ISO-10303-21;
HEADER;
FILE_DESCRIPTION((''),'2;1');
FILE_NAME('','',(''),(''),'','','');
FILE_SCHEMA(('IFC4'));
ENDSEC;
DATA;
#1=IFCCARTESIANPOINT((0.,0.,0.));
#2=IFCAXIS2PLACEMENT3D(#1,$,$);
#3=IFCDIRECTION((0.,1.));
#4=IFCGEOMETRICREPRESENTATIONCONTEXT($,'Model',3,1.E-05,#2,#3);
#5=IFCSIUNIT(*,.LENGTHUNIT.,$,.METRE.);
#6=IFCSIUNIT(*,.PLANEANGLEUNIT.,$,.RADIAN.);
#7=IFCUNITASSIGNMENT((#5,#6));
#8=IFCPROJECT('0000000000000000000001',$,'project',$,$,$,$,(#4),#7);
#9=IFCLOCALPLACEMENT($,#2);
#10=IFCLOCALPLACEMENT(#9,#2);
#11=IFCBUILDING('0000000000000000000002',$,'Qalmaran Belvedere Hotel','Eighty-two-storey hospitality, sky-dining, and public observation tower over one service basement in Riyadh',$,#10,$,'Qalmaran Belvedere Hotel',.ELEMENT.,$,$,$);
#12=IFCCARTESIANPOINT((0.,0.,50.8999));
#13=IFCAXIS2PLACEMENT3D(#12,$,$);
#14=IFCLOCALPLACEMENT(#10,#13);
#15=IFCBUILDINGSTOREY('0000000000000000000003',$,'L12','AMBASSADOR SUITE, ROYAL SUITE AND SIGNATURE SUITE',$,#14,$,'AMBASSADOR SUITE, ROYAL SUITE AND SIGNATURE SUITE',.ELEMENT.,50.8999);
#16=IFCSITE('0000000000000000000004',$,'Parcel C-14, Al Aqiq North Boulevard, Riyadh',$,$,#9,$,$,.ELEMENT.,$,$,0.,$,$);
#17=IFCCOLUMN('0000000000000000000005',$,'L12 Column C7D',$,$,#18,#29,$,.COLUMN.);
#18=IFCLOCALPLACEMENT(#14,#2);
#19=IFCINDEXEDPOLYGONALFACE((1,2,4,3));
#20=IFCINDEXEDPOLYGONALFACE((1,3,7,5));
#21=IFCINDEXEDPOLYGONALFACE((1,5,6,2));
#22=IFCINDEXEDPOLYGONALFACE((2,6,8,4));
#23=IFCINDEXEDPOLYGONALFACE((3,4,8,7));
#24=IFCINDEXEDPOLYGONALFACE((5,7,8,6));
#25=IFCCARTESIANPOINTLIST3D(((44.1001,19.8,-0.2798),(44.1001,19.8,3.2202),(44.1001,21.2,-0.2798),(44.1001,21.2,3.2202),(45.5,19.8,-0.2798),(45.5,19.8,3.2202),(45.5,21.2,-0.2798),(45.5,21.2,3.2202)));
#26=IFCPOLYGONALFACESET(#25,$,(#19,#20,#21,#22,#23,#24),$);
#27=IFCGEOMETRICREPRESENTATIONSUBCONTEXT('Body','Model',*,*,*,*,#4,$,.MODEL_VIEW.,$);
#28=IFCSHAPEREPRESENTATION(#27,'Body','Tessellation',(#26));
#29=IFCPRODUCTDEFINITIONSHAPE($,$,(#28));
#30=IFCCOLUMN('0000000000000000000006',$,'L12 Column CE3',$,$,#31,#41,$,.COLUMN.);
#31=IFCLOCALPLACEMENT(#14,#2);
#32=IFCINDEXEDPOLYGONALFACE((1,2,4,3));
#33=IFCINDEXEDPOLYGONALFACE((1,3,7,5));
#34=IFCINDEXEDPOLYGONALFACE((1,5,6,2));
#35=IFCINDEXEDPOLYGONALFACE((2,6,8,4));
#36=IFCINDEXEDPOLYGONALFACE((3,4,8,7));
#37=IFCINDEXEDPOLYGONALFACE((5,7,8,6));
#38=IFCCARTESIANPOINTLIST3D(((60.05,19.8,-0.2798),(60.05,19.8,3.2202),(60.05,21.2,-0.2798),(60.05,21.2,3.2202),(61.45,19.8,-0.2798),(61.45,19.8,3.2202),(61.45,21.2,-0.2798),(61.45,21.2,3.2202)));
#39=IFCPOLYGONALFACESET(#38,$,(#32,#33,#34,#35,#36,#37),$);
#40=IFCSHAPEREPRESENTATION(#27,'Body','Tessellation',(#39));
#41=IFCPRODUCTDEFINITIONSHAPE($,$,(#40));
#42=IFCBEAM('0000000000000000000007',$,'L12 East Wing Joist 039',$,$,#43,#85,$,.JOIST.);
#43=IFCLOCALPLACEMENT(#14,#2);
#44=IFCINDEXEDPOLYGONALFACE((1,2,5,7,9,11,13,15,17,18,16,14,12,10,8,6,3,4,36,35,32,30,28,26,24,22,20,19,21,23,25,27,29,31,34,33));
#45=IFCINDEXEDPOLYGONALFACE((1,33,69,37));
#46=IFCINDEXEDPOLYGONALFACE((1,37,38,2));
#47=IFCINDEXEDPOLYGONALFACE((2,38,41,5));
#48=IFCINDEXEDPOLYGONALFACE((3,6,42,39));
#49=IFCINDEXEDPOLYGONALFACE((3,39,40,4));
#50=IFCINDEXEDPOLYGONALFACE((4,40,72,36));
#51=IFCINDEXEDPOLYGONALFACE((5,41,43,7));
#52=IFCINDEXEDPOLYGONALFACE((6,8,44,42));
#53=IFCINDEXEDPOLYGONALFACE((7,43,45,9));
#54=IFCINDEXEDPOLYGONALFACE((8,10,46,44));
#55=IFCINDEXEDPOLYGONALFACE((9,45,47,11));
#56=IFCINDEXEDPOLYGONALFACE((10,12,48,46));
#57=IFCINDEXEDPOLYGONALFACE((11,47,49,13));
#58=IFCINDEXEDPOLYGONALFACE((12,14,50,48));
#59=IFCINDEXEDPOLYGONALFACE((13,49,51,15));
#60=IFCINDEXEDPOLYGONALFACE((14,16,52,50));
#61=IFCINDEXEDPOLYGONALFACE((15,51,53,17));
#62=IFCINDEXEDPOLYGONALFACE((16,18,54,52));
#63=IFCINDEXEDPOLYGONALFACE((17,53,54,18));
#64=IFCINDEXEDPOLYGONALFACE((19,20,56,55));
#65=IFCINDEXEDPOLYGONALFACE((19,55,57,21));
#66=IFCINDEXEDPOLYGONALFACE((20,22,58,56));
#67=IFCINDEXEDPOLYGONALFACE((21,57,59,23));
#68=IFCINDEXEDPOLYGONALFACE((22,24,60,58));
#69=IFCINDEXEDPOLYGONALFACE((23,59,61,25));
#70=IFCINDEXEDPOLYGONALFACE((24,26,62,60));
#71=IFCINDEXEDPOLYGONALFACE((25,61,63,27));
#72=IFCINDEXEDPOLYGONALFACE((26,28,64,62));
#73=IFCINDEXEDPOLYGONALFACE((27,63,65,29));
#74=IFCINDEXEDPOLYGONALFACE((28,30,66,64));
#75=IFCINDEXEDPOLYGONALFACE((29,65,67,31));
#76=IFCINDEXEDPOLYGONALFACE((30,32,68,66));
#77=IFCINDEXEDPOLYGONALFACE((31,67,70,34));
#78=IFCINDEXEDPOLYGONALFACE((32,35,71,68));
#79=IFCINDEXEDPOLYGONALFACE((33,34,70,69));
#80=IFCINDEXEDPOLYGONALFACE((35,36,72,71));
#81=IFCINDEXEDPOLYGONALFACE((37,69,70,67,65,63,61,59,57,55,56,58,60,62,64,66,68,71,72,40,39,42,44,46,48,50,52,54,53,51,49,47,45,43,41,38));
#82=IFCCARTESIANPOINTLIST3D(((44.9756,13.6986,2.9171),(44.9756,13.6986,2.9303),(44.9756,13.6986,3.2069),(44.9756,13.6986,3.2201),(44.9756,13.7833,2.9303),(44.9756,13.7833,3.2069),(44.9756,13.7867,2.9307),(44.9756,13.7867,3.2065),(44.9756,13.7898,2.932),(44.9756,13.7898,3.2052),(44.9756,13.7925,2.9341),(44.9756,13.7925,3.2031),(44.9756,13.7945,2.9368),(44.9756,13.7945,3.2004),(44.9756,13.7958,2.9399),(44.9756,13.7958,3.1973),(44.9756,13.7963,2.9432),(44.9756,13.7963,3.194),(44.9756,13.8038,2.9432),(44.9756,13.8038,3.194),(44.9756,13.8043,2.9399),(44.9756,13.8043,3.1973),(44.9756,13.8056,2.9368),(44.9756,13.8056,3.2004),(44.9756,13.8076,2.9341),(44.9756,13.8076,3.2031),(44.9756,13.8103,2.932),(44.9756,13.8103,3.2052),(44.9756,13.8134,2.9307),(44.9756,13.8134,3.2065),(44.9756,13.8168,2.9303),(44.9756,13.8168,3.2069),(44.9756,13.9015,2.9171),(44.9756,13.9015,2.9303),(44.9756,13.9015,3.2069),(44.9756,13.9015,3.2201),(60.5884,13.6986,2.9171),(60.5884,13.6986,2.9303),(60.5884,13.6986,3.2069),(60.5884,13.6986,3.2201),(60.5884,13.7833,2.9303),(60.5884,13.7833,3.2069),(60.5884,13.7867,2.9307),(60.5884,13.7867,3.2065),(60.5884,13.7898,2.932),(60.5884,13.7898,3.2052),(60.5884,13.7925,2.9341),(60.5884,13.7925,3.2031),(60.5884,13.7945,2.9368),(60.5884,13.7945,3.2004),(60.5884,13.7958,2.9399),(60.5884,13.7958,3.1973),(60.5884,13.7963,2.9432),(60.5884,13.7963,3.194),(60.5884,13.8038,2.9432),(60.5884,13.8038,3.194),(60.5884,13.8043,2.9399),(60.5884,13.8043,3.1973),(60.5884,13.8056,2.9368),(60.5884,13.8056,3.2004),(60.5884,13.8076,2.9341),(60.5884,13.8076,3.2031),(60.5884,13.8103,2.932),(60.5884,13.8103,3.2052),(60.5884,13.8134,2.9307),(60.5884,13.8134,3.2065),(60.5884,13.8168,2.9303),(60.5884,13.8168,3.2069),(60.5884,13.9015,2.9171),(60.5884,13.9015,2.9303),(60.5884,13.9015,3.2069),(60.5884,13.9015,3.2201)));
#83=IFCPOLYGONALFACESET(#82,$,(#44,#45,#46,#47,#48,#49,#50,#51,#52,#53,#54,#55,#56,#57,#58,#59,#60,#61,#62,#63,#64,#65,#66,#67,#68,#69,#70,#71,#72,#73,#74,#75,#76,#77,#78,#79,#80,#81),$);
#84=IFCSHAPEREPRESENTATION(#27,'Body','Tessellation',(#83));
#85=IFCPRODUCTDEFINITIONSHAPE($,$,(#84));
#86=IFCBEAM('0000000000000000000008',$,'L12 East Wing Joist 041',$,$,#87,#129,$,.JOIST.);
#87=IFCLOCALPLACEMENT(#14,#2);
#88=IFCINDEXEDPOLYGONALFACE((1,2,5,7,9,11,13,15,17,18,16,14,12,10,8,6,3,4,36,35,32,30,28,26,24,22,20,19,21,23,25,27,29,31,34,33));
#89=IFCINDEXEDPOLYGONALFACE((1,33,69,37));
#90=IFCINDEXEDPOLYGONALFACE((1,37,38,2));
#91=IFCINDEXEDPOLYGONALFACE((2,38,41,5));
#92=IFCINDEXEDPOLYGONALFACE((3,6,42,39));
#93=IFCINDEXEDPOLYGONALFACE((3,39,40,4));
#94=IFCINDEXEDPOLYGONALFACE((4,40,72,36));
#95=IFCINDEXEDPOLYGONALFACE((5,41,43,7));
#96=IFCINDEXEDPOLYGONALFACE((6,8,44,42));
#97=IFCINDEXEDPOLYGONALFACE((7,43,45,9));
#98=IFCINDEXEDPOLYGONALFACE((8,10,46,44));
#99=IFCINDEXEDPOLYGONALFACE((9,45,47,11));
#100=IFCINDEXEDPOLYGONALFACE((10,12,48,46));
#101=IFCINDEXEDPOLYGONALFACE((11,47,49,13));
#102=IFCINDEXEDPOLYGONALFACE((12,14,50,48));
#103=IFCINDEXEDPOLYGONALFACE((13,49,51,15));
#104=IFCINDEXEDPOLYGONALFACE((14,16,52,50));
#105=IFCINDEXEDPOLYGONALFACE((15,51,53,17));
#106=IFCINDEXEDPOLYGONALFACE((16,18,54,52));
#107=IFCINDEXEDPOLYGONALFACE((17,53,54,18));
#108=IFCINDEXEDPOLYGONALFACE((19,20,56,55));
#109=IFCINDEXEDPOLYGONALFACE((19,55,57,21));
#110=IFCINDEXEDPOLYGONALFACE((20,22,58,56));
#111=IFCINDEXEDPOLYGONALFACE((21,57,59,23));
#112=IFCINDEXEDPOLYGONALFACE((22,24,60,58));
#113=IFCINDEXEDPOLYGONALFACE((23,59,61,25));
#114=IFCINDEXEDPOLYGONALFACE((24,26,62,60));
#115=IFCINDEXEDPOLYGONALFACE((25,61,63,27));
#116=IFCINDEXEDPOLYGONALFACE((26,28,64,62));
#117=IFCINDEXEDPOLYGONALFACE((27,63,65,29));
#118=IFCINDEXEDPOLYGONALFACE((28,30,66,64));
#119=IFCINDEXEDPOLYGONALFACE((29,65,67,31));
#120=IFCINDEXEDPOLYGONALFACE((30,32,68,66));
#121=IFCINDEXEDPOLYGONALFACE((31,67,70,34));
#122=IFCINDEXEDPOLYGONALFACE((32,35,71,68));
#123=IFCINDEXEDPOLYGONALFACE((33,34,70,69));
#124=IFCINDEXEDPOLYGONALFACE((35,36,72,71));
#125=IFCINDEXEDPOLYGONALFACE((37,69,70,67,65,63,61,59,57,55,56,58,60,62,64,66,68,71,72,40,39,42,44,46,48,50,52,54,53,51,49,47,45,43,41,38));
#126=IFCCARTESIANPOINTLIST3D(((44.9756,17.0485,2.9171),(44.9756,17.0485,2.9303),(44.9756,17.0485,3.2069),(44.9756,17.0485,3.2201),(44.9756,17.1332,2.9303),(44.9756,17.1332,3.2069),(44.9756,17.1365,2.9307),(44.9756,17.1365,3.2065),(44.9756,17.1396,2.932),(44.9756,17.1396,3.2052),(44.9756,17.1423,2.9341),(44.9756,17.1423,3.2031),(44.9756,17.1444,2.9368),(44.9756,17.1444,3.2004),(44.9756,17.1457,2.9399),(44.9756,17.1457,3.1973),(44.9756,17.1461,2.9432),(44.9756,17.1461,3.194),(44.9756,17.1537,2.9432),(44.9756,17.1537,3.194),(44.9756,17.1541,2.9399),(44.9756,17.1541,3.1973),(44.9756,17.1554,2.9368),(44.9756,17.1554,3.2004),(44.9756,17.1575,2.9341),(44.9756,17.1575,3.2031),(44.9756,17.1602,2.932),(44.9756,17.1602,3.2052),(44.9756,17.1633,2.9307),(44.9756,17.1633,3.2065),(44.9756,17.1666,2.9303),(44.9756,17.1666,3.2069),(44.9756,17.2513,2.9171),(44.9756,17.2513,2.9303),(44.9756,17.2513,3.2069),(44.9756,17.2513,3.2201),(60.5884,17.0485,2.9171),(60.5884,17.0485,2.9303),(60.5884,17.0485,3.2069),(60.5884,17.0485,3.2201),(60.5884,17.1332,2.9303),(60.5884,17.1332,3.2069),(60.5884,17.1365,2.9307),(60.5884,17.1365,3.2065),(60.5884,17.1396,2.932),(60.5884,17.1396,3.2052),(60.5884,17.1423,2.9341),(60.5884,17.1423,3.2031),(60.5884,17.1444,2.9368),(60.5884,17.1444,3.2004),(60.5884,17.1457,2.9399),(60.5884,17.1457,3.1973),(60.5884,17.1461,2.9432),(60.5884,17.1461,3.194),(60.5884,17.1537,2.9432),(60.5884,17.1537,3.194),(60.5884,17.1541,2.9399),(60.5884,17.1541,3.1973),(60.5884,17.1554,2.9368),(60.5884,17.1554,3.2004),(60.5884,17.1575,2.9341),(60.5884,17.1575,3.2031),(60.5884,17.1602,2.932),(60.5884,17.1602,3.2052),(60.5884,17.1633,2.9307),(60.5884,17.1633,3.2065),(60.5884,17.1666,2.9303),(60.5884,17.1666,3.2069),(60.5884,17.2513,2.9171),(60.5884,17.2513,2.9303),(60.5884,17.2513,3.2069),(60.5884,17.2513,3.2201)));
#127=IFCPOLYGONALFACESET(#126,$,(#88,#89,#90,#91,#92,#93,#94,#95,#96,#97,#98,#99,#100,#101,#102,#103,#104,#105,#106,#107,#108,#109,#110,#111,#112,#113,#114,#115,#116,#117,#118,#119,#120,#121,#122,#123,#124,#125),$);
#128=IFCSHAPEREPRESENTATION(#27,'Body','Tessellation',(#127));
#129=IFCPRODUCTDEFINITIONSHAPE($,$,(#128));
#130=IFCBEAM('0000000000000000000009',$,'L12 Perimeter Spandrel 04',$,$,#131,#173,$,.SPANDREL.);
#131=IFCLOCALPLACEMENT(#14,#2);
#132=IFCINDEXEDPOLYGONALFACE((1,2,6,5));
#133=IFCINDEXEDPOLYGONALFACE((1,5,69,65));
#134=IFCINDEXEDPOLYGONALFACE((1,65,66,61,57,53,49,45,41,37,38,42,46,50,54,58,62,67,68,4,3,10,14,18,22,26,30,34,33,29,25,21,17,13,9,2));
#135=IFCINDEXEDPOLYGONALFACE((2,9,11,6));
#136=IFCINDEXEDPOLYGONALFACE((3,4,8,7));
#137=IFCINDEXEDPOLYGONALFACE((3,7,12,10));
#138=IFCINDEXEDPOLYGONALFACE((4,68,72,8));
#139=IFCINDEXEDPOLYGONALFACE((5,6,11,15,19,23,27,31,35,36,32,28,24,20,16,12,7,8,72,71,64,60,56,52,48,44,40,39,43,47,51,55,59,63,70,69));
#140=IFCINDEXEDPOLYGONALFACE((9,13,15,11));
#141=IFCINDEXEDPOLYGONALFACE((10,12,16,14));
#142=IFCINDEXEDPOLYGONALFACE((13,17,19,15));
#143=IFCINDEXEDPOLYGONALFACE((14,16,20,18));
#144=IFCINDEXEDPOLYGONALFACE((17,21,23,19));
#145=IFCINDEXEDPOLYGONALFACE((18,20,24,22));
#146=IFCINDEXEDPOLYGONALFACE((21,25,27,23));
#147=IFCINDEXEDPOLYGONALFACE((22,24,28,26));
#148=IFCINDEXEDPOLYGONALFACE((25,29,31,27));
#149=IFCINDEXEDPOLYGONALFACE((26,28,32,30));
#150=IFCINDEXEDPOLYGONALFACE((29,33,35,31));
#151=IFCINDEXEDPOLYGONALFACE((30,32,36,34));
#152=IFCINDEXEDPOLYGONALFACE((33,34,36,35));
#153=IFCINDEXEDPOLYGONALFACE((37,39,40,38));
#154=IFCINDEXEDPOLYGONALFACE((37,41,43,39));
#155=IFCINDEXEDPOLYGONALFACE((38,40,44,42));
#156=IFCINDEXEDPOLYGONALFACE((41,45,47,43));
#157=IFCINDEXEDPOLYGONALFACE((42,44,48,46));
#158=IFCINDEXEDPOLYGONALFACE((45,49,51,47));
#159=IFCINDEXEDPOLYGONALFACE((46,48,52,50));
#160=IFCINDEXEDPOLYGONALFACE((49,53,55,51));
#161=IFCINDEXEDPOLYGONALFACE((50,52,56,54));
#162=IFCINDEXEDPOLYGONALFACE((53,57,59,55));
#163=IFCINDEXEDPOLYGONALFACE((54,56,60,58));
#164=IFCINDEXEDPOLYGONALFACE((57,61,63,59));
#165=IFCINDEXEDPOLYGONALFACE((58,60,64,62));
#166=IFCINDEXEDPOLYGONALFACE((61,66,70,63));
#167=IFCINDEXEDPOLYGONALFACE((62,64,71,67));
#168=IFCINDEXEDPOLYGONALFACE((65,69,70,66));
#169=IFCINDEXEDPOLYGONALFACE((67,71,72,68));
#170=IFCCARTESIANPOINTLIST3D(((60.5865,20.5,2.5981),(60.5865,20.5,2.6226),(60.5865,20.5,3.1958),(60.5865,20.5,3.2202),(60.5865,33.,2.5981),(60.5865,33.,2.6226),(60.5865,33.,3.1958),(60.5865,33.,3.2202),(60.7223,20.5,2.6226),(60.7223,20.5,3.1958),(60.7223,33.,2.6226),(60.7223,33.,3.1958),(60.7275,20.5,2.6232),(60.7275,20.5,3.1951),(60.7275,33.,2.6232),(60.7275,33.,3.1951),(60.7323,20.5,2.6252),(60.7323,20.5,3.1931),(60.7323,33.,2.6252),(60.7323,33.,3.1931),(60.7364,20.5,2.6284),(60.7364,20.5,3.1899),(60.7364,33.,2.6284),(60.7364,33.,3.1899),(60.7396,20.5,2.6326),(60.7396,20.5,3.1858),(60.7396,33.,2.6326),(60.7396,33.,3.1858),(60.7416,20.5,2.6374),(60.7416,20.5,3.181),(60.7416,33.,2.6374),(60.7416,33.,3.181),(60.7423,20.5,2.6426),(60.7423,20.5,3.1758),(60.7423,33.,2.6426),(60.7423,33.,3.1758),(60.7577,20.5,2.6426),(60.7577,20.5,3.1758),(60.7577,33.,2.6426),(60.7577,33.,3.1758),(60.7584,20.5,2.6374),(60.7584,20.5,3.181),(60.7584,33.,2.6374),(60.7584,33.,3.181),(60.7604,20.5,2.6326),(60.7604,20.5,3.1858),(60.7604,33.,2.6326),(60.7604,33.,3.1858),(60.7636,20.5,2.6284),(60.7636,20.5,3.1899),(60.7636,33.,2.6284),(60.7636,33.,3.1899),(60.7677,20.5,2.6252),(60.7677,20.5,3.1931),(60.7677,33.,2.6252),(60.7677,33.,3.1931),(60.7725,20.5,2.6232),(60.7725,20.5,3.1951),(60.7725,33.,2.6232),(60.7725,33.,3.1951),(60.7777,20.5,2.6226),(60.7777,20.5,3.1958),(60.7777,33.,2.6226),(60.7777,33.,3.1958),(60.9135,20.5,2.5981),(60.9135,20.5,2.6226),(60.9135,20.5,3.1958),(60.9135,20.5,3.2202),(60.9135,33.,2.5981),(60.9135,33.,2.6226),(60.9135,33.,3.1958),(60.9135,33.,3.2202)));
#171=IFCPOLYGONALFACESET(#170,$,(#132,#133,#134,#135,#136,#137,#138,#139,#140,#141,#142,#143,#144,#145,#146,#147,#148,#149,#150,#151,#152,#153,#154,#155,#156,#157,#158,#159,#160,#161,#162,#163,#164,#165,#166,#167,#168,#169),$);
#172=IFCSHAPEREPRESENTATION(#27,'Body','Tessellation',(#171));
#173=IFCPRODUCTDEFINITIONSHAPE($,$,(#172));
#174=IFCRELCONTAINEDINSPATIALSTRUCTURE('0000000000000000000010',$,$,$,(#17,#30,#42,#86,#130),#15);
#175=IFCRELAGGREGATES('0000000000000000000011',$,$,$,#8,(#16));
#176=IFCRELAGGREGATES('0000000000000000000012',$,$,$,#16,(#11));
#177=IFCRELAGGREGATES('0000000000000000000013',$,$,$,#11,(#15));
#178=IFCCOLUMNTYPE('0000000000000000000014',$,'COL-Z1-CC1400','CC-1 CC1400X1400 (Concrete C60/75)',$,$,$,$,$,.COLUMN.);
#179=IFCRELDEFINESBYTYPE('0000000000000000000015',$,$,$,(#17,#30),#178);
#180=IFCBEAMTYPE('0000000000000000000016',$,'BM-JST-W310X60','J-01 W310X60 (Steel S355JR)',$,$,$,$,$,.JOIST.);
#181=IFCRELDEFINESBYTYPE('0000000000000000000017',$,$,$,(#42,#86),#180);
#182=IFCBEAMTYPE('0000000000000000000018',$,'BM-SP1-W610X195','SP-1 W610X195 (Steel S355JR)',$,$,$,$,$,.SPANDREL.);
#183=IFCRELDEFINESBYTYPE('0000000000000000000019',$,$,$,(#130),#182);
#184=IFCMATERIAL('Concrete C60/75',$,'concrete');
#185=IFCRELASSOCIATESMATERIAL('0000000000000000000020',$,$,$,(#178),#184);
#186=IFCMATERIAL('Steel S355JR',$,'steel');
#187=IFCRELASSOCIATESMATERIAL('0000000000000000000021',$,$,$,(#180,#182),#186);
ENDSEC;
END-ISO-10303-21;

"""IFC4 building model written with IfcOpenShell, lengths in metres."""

from ifc_helpers import new_model, si_unit, direction, frame, origin, origin_2d, place, context, subcontext, project, spatial, rectangle, i_section, extrude, material, material_profile, profile_set, type_object, element, save


model = new_model("IFC4")

# Units and contexts
model_context = context("Model", 3, precision=1e-05, world=origin(), true_north=direction((0.0, 1.0)))
body_context = subcontext(model_context, "Body", "Model", "MODEL_VIEW")
ifc_project = project(units=[si_unit("LENGTHUNIT", "METRE"), si_unit("PLANEANGLEUNIT", "RADIAN")], contexts=[model_context])

# Site, building, storey
site_placement = place(None, origin())
site = spatial("IfcSite", under=ifc_project, at=site_placement, Name="Parcel C-14, Al Aqiq North Boulevard, Riyadh", CompositionType="ELEMENT", RefElevation=0.0)
building_placement = place(site_placement, origin())
building = spatial("IfcBuilding", under=site, at=building_placement, Name="Qalmaran Belvedere Hotel", Description="Eighty-two-storey hospitality, sky-dining, and public observation tower over one service basement in Riyadh", LongName="Qalmaran Belvedere Hotel", CompositionType="ELEMENT")
storey_placement = place(building_placement, frame((0.0, 0.0, 50.8999)))
storey = spatial("IfcBuildingStorey", under=building, at=storey_placement, Name="L12", Description="AMBASSADOR SUITE, ROYAL SUITE AND SIGNATURE SUITE", LongName="AMBASSADOR SUITE, ROYAL SUITE AND SIGNATURE SUITE", CompositionType="ELEMENT", Elevation=50.8999)

# Columns
ifc_material_1 = material(Name="Concrete C60/75", Category="concrete")
ifc_material_profile_1 = material_profile(ifc_material_1, rectangle(XDim=1.3999, YDim=1.3999, at=origin_2d()), Name="CC1400X1400")
ifc_profile_set_1 = profile_set([ifc_material_profile_1], Name="Concrete C60/75")
column_type = type_object("IfcColumnType", Name="COL-Z1-CC1400", Description="CC-1 CC1400X1400 (Concrete C60/75)", PredefinedType="COLUMN", material=ifc_profile_set_1)
for number, where, z_axis, x_axis, name in (
    (1, (44.8, 20.5, -0.2798), (0.0, 0.0, 1.0), (1.0, 0.0, 0.0), "L12 Column C7D"),
    (2, (60.75, 20.5, -0.2798), (0.0, 0.0, 1.0), (1.0, 0.0, 0.0), "L12 Column CE3"),
):
    element("IfcColumn", number, at=place(storey_placement, frame(where, z_axis=z_axis, x_axis=x_axis)), inside=storey, type_object=column_type, Name=name, PredefinedType="COLUMN", context=body_context, shape_type="SweptSolid", body=[
        extrude(rectangle(XDim=1.3999, YDim=1.3999, at=origin_2d()), origin(), (0.0, 0.0, 1.0), 3.5),
    ])

# Beams
ifc_material_2 = material(Name="Steel S355JR", Category="steel")
ifc_material_profile_2 = material_profile(ifc_material_2, i_section(OverallWidth=0.2029, OverallDepth=0.303, WebThickness=0.0076, FlangeThickness=0.0132, FilletRadius=0.0129, at=origin_2d()), Name="W310X60")
ifc_profile_set_2 = profile_set([ifc_material_profile_2], Name="Steel S355JR")
beam_type_1 = type_object("IfcBeamType", Name="BM-JST-W310X60", Description="J-01 W310X60 (Steel S355JR)", PredefinedType="JOIST", material=ifc_profile_set_2)
for number, where, z_axis, x_axis, name in (
    (3, (44.9756, 13.8, 3.0686), (1.0, 0.0, 0.0), (0.0, 1.0, 0.0), "L12 East Wing Joist 039"),
    (4, (44.9756, 17.1499, 3.0686), (1.0, 0.0, 0.0), (0.0, 1.0, 0.0), "L12 East Wing Joist 041"),
):
    element("IfcBeam", number, at=place(storey_placement, frame(where, z_axis=z_axis, x_axis=x_axis)), inside=storey, type_object=beam_type_1, Name=name, PredefinedType="JOIST", context=body_context, shape_type="SweptSolid", body=[
        extrude(i_section(OverallWidth=0.2029, OverallDepth=0.303, WebThickness=0.0076, FlangeThickness=0.0132, FilletRadius=0.0129, at=origin_2d()), origin(), (0.0, 0.0, 1.0), 15.6128),
    ])
ifc_material_profile_3 = material_profile(ifc_material_2, i_section(OverallWidth=0.3269, OverallDepth=0.6221, WebThickness=0.0154, FlangeThickness=0.0244, FilletRadius=0.02, at=origin_2d()), Name="W610X195")
ifc_profile_set_3 = profile_set([ifc_material_profile_3], Name="Steel S355JR")
beam_type_2 = type_object("IfcBeamType", Name="BM-SP1-W610X195", Description="SP-1 W610X195 (Steel S355JR)", PredefinedType="SPANDREL", material=ifc_profile_set_3)
beam_1_placement = place(storey_placement, frame((60.75, 20.5, 2.9092), z_axis=(0.0, 1.0, 0.0), x_axis=(-1.0, 0.0, 0.0)))
element("IfcBeam", 5, at=beam_1_placement, inside=storey, type_object=beam_type_2, Name="L12 Perimeter Spandrel 04", PredefinedType="SPANDREL", context=body_context, shape_type="SweptSolid", body=[
    extrude(i_section(OverallWidth=0.3269, OverallDepth=0.6221, WebThickness=0.0154, FlangeThickness=0.0244, FilletRadius=0.02, at=origin_2d()), origin(), (0.0, 0.0, 1.0), 12.5),
])

save(model, "model.ifc")
